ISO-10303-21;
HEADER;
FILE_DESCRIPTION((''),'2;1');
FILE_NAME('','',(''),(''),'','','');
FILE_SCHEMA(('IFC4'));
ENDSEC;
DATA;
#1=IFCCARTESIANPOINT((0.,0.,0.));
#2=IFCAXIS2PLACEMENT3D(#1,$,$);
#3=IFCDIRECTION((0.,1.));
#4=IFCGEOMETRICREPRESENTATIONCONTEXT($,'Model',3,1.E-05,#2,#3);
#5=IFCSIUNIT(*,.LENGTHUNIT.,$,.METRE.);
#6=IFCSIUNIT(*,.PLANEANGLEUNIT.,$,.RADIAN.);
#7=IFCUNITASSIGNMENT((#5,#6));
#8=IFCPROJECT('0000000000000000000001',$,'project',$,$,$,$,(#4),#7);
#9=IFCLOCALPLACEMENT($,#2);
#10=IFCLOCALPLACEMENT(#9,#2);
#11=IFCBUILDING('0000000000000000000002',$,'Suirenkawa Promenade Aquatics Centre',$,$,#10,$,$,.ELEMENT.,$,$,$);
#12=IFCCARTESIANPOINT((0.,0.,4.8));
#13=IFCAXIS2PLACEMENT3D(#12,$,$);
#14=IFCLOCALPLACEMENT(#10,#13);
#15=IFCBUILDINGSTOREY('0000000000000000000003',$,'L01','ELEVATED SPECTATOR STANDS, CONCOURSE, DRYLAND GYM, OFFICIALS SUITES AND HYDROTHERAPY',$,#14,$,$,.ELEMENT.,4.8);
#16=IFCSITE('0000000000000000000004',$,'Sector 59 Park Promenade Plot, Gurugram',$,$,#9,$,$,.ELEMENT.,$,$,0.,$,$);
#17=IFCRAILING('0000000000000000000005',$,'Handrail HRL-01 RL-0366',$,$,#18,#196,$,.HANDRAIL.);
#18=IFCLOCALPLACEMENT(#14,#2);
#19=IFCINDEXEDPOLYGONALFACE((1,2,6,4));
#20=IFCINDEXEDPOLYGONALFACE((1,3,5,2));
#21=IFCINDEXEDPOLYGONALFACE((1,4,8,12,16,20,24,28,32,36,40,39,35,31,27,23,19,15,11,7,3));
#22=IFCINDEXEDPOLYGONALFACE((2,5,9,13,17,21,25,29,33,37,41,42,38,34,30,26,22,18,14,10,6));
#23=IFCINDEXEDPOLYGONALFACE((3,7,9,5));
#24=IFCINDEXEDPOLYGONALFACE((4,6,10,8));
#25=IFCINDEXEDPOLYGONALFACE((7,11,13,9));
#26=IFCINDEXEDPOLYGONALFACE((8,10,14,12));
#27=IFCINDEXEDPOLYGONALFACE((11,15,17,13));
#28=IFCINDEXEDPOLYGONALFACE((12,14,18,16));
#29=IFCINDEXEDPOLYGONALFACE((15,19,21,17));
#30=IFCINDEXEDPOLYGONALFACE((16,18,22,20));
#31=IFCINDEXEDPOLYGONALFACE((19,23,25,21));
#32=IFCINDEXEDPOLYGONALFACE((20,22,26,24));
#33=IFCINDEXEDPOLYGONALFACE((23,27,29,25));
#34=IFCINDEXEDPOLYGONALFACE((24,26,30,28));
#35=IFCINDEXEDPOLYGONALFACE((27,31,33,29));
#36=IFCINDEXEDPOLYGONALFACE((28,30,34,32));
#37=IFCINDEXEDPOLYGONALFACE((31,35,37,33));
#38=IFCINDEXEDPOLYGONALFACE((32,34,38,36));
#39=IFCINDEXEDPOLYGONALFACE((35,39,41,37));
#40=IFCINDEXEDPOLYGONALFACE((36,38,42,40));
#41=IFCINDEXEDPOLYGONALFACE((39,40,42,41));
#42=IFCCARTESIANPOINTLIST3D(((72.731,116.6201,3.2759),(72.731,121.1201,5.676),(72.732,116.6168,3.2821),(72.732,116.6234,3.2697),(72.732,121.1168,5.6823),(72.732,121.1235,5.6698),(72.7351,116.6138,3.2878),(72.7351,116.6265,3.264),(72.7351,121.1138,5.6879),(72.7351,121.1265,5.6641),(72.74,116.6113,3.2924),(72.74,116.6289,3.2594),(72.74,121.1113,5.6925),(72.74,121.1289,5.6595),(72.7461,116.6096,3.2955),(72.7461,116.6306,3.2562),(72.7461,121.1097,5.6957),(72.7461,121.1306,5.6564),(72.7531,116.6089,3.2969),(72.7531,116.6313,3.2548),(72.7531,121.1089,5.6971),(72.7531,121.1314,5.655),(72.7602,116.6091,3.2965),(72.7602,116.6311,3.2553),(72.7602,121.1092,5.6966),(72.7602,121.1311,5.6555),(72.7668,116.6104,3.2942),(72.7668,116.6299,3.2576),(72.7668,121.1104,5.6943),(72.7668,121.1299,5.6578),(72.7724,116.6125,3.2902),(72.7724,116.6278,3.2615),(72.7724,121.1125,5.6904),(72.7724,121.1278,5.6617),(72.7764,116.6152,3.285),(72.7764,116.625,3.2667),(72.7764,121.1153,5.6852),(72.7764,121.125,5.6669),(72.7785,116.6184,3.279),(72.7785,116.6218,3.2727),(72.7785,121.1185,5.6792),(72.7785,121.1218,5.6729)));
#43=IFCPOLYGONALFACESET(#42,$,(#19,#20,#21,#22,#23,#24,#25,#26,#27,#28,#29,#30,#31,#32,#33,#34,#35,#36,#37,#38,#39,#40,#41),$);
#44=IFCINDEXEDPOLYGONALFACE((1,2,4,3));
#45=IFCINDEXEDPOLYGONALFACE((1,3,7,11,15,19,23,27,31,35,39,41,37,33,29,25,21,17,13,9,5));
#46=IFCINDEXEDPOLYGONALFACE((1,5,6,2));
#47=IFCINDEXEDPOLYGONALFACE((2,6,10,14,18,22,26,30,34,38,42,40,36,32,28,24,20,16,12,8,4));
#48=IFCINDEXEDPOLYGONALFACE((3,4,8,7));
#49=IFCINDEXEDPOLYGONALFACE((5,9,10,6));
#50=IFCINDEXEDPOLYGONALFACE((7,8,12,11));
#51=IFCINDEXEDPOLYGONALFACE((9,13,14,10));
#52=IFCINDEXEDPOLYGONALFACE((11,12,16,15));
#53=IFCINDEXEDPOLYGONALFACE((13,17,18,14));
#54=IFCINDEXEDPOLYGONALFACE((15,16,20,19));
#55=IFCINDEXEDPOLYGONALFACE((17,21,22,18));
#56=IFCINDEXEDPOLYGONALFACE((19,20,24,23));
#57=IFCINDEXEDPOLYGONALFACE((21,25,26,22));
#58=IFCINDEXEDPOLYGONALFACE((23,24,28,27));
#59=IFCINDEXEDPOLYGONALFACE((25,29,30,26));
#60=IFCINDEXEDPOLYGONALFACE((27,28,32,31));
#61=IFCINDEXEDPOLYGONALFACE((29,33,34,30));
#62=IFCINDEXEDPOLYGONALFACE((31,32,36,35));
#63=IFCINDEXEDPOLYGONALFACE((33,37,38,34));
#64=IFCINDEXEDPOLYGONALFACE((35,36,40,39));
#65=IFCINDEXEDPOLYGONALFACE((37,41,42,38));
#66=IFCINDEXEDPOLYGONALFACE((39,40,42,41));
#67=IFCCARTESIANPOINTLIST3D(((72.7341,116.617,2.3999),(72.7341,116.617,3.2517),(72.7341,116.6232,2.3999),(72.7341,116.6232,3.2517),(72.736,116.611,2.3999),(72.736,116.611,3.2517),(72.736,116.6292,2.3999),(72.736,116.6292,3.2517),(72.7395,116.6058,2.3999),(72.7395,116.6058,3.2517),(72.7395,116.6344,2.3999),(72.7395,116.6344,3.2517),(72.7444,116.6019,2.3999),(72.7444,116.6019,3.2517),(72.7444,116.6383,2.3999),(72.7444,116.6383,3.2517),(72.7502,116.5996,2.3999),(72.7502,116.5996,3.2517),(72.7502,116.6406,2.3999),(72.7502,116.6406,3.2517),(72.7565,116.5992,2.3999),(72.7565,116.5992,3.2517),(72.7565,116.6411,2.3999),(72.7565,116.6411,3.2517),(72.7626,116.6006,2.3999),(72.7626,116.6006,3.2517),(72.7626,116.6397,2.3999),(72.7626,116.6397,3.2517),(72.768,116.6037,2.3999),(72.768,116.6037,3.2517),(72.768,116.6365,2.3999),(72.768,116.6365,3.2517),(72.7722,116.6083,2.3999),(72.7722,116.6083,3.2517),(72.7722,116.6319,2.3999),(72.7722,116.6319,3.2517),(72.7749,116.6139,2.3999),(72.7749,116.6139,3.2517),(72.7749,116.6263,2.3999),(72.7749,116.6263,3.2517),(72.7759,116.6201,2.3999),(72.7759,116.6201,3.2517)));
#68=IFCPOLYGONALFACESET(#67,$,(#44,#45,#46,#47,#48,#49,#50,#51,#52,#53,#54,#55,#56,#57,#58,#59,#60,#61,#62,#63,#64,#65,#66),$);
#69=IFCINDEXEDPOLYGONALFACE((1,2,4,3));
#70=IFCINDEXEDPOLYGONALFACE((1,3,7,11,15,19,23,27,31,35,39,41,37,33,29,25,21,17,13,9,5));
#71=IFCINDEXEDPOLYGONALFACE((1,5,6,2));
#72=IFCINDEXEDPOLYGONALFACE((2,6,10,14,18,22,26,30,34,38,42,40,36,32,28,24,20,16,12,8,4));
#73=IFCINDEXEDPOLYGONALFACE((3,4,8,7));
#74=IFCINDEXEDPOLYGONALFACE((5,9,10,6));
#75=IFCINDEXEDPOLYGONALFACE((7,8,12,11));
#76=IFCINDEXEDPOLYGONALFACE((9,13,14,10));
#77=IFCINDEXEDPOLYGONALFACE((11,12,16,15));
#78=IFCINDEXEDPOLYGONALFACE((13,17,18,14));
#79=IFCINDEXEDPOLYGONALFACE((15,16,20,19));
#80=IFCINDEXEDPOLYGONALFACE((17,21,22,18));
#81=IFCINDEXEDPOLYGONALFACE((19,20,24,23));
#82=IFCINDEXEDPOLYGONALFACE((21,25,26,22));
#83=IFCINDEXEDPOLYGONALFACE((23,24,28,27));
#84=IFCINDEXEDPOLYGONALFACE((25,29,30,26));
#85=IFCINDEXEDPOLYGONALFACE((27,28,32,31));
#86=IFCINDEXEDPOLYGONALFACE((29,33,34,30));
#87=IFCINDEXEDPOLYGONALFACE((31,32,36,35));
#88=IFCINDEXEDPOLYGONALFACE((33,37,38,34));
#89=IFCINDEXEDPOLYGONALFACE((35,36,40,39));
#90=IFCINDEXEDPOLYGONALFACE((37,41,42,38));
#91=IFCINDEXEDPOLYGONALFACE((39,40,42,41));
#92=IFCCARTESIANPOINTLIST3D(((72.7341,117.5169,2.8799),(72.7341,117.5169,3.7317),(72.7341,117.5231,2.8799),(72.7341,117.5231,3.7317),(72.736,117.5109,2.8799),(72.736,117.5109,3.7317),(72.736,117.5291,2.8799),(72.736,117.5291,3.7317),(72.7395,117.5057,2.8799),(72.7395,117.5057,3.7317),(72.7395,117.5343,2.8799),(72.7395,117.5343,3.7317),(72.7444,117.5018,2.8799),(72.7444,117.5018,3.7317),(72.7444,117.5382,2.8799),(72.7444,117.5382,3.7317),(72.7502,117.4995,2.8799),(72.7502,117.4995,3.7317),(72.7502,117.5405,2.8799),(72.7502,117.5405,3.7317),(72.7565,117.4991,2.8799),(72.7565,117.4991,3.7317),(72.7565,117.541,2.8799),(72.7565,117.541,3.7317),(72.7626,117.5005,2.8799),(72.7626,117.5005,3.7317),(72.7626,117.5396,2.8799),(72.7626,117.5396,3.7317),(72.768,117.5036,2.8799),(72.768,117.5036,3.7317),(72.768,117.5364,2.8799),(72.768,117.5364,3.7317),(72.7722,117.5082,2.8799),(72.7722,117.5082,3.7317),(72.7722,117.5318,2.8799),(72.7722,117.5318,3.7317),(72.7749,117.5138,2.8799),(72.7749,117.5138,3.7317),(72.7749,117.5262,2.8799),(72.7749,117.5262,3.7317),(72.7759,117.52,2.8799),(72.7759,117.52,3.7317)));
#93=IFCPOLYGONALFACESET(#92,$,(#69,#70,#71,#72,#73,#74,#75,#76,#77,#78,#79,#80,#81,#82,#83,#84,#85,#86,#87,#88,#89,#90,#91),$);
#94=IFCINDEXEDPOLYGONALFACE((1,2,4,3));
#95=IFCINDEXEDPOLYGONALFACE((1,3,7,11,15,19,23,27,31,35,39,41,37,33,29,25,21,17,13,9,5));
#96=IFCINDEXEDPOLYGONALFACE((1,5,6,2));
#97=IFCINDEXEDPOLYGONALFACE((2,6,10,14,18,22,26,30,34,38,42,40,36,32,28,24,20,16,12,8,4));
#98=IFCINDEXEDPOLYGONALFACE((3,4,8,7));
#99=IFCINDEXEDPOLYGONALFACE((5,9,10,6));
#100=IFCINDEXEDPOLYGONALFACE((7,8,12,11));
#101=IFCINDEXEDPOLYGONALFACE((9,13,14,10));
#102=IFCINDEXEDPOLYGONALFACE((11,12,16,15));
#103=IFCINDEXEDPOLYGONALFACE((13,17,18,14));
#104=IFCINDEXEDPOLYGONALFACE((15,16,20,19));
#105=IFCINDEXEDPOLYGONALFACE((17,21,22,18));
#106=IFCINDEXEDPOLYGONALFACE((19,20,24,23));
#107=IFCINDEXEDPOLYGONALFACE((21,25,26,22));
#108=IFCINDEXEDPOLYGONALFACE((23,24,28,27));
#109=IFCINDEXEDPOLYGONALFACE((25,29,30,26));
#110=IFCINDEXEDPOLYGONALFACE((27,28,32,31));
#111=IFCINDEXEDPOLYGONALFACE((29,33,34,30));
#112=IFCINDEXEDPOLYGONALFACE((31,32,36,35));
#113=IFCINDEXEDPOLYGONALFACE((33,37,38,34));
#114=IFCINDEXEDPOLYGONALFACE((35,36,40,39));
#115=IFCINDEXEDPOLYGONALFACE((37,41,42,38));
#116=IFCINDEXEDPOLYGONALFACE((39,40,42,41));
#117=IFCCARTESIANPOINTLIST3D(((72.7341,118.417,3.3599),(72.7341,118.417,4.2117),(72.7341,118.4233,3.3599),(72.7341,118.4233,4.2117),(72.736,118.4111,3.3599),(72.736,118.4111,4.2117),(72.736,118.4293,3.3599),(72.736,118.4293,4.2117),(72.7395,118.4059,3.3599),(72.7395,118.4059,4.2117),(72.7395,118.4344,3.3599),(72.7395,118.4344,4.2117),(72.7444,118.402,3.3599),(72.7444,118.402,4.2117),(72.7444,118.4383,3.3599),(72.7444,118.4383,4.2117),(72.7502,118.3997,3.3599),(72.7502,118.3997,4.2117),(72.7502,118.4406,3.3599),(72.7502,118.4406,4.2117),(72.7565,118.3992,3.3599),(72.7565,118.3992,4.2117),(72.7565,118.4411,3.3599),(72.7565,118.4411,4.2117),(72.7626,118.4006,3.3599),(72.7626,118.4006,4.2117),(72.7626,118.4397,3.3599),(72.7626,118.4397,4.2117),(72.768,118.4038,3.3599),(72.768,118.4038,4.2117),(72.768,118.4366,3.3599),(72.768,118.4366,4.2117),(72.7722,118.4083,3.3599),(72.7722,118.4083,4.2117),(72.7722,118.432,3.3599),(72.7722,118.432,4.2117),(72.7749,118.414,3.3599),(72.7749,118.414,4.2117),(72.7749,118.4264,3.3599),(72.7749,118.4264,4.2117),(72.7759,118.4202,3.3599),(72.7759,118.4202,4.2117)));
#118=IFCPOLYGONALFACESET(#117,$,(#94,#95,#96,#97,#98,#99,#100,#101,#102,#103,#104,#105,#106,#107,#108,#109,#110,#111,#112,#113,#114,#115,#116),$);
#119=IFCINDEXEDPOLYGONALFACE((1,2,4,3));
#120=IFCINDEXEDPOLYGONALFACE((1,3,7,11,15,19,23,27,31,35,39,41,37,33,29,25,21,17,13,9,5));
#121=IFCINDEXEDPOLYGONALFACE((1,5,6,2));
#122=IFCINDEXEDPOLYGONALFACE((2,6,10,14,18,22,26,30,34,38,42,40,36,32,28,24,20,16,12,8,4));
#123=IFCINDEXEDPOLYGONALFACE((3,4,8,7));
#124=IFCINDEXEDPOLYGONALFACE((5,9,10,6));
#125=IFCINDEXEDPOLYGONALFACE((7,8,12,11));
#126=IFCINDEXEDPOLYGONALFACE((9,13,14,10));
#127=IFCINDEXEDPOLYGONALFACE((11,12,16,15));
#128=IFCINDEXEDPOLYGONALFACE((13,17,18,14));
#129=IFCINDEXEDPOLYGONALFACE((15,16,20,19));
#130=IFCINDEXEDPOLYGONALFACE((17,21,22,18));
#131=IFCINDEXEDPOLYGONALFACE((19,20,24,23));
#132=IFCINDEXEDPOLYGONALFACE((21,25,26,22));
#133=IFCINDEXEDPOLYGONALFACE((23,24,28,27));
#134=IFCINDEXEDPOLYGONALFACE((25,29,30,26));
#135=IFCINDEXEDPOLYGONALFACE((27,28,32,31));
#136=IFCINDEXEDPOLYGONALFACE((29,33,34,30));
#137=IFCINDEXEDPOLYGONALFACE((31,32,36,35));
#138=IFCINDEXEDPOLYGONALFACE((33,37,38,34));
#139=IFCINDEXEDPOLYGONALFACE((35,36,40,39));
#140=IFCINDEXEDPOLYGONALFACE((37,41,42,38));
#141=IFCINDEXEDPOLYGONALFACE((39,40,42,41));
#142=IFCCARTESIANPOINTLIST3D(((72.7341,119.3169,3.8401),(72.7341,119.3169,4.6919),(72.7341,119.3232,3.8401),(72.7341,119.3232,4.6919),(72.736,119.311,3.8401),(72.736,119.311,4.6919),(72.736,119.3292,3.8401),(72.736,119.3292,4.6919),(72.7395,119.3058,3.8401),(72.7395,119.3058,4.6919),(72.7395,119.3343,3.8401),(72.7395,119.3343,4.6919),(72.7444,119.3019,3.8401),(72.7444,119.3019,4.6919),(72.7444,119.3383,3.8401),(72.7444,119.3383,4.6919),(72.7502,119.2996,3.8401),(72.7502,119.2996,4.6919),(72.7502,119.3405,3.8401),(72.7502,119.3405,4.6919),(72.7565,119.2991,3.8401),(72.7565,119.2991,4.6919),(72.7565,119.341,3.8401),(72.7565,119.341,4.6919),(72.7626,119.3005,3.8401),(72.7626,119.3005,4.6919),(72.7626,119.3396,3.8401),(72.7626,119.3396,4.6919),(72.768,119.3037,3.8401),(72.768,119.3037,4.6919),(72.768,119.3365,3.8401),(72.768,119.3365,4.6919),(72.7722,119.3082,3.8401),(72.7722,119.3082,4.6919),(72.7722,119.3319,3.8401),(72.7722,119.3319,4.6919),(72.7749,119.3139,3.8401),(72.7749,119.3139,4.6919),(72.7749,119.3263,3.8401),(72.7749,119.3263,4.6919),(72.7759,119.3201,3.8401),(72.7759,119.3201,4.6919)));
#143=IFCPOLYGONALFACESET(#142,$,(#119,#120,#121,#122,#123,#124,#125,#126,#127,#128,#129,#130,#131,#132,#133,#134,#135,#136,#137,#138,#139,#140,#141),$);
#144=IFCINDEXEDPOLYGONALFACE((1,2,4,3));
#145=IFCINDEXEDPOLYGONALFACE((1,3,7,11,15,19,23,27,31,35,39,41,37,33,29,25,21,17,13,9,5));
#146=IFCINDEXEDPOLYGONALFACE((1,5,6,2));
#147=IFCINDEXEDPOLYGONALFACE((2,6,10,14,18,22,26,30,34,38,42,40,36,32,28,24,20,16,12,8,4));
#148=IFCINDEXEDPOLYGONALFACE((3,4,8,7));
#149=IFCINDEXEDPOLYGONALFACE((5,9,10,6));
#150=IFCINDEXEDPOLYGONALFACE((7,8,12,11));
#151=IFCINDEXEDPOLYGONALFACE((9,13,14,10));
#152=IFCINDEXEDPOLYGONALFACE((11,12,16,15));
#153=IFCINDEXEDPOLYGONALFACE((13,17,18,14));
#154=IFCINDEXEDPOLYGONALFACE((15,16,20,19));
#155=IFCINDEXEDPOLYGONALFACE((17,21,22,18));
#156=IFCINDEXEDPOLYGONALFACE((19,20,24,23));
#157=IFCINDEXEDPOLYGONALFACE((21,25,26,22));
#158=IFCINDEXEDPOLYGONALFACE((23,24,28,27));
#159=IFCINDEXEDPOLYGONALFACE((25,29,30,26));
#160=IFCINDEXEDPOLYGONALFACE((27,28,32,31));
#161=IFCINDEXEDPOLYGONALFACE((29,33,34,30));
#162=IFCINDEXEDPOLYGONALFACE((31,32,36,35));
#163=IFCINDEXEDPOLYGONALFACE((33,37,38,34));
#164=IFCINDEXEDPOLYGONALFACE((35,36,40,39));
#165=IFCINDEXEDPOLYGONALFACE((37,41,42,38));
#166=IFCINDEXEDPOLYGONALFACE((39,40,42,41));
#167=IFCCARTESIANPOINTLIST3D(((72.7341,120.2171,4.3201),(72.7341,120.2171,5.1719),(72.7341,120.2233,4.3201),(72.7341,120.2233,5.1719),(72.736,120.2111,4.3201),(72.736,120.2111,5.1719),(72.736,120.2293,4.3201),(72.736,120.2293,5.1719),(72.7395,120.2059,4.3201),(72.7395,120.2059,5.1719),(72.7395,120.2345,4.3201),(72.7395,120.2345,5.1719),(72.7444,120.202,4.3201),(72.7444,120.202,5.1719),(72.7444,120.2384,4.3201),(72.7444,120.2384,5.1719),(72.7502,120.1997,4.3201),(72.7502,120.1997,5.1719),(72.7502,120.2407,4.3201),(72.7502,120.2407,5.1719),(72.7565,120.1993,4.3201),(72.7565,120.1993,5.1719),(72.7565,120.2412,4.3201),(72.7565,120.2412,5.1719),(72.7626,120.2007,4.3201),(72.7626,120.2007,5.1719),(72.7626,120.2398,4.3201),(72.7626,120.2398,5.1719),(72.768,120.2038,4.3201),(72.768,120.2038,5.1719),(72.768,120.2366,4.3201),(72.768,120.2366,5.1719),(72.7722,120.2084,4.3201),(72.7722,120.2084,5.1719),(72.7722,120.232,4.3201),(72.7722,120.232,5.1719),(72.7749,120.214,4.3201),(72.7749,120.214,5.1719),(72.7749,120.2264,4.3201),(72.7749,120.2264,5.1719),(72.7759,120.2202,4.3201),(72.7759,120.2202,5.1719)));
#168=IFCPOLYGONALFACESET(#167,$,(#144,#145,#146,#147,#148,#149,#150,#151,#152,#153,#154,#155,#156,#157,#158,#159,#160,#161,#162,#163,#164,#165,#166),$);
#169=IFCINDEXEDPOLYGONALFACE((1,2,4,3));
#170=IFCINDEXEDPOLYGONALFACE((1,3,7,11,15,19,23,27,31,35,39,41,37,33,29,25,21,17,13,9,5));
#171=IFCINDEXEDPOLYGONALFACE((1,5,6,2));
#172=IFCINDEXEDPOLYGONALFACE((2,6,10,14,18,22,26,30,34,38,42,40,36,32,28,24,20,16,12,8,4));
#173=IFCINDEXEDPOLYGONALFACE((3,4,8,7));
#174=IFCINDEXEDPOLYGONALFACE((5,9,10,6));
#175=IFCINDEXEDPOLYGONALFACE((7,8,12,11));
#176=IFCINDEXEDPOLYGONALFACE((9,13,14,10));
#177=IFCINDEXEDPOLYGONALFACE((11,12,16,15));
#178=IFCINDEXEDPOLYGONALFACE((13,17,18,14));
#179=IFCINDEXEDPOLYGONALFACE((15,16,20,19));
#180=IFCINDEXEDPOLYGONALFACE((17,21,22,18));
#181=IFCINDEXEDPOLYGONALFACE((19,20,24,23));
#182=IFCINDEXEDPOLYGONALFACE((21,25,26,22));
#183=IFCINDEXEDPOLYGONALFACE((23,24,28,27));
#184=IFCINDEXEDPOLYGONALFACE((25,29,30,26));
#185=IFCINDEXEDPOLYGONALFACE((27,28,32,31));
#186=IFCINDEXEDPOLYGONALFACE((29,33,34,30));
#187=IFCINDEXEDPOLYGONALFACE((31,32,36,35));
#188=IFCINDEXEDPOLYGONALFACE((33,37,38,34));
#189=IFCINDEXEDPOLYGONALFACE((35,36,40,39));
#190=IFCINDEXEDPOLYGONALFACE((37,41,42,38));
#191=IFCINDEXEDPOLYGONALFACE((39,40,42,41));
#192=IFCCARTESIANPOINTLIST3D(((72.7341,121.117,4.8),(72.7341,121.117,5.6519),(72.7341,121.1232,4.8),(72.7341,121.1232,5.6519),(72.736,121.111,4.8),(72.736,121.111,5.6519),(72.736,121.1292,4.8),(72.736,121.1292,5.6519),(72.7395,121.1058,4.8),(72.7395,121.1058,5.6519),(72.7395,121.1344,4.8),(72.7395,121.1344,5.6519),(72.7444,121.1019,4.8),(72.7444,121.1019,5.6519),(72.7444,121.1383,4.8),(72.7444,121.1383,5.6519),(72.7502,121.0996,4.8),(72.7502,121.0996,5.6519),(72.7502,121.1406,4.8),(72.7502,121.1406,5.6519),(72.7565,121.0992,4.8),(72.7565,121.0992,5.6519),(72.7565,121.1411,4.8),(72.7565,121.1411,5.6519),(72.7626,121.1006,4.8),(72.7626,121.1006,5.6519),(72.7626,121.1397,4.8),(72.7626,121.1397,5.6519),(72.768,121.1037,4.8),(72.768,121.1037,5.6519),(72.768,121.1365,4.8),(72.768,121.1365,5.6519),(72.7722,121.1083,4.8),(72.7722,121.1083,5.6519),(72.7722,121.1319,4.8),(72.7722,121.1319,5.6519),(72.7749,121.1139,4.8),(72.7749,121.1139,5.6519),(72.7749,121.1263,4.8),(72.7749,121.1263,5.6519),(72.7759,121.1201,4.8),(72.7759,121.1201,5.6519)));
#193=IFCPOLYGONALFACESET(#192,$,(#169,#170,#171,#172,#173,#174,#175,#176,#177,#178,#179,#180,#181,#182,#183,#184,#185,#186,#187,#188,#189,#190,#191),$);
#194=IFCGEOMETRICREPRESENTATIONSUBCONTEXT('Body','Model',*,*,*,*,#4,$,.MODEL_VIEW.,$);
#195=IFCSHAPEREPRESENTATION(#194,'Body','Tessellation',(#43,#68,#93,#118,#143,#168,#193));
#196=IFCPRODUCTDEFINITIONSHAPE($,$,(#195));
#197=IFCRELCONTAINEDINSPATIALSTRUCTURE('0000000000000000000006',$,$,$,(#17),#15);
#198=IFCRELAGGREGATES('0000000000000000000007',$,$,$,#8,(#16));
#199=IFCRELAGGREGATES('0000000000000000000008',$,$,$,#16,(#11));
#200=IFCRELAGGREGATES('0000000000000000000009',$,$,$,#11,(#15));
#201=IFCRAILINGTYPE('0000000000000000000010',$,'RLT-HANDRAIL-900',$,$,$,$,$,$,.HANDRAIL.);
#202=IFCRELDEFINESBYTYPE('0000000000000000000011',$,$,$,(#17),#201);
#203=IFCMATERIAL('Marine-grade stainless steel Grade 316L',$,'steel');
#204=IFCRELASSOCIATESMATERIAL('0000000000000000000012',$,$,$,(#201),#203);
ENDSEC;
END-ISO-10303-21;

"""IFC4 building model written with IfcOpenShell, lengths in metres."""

from ifc_helpers import new_model, si_unit, direction, frame, origin, origin_2d, place, context, subcontext, project, spatial, circle, extrude, material, type_object, element, save


model = new_model("IFC4")

# Units and contexts
model_context = context("Model", 3, precision=1e-05, world=origin(), true_north=direction((0.0, 1.0)))
body_context = subcontext(model_context, "Body", "Model", "MODEL_VIEW")
ifc_project = project(units=[si_unit("LENGTHUNIT", "METRE"), si_unit("PLANEANGLEUNIT", "RADIAN")], contexts=[model_context])

# Site, building, storey
site_placement = place(None, origin())
site = spatial("IfcSite", under=ifc_project, at=site_placement, Name="Sector 59 Park Promenade Plot, Gurugram", CompositionType="ELEMENT", RefElevation=0.0)
building_placement = place(site_placement, origin())
building = spatial("IfcBuilding", under=site, at=building_placement, Name="Suirenkawa Promenade Aquatics Centre", CompositionType="ELEMENT")
storey_placement = place(building_placement, frame((0.0, 0.0, 4.8)))
storey = spatial("IfcBuildingStorey", under=building, at=storey_placement, Name="L01", Description="ELEVATED SPECTATOR STANDS, CONCOURSE, DRYLAND GYM, OFFICIALS SUITES AND HYDROTHERAPY", CompositionType="ELEMENT", Elevation=4.8)

# Shared definitions
ifc_material_1 = material(Name="Marine-grade stainless steel Grade 316L", Category="steel")

# Railing
railing_type_1 = type_object("IfcRailingType", Name="RLT-HANDRAIL-900", PredefinedType="HANDRAIL", material=ifc_material_1)
railing_1_placement = place(storey_placement, frame((72.7549, 116.6201, 2.3999)))
element("IfcRailing", 1, at=railing_1_placement, inside=storey, type_object=railing_type_1, Name="Handrail HRL-01 RL-0366", PredefinedType="HANDRAIL", context=body_context, shape_type="SweptSolid", body=[
    extrude(circle(Radius=0.0239, at=origin_2d()), frame((0.0, 0.0, 0.876), z_axis=(0.0, 0.882341, 0.470611), x_axis=(-1.0, 0.0, 0.0)), (0.0, 0.0, 1.0), 5.1001),
    extrude(circle(Radius=0.021, at=origin_2d()), origin(), (0.0, 0.0, 1.0), 0.8518),
    extrude(circle(Radius=0.021, at=origin_2d()), frame((0.0, 0.8999, 0.48)), (0.0, 0.0, 1.0), 0.8518),
    extrude(circle(Radius=0.021, at=origin_2d()), frame((0.0, 1.8, 0.96)), (0.0, 0.0, 1.0), 0.8518),
    extrude(circle(Radius=0.021, at=origin_2d()), frame((0.0, 2.7, 1.4402)), (0.0, 0.0, 1.0), 0.8518),
    extrude(circle(Radius=0.021, at=origin_2d()), frame((0.0, 3.6001, 1.9202)), (0.0, 0.0, 1.0), 0.8518),
    extrude(circle(Radius=0.021, at=origin_2d()), frame((0.0, 4.5, 2.4001)), (0.0, 0.0, 1.0), 0.8518),
])

save(model, "model.ifc")
